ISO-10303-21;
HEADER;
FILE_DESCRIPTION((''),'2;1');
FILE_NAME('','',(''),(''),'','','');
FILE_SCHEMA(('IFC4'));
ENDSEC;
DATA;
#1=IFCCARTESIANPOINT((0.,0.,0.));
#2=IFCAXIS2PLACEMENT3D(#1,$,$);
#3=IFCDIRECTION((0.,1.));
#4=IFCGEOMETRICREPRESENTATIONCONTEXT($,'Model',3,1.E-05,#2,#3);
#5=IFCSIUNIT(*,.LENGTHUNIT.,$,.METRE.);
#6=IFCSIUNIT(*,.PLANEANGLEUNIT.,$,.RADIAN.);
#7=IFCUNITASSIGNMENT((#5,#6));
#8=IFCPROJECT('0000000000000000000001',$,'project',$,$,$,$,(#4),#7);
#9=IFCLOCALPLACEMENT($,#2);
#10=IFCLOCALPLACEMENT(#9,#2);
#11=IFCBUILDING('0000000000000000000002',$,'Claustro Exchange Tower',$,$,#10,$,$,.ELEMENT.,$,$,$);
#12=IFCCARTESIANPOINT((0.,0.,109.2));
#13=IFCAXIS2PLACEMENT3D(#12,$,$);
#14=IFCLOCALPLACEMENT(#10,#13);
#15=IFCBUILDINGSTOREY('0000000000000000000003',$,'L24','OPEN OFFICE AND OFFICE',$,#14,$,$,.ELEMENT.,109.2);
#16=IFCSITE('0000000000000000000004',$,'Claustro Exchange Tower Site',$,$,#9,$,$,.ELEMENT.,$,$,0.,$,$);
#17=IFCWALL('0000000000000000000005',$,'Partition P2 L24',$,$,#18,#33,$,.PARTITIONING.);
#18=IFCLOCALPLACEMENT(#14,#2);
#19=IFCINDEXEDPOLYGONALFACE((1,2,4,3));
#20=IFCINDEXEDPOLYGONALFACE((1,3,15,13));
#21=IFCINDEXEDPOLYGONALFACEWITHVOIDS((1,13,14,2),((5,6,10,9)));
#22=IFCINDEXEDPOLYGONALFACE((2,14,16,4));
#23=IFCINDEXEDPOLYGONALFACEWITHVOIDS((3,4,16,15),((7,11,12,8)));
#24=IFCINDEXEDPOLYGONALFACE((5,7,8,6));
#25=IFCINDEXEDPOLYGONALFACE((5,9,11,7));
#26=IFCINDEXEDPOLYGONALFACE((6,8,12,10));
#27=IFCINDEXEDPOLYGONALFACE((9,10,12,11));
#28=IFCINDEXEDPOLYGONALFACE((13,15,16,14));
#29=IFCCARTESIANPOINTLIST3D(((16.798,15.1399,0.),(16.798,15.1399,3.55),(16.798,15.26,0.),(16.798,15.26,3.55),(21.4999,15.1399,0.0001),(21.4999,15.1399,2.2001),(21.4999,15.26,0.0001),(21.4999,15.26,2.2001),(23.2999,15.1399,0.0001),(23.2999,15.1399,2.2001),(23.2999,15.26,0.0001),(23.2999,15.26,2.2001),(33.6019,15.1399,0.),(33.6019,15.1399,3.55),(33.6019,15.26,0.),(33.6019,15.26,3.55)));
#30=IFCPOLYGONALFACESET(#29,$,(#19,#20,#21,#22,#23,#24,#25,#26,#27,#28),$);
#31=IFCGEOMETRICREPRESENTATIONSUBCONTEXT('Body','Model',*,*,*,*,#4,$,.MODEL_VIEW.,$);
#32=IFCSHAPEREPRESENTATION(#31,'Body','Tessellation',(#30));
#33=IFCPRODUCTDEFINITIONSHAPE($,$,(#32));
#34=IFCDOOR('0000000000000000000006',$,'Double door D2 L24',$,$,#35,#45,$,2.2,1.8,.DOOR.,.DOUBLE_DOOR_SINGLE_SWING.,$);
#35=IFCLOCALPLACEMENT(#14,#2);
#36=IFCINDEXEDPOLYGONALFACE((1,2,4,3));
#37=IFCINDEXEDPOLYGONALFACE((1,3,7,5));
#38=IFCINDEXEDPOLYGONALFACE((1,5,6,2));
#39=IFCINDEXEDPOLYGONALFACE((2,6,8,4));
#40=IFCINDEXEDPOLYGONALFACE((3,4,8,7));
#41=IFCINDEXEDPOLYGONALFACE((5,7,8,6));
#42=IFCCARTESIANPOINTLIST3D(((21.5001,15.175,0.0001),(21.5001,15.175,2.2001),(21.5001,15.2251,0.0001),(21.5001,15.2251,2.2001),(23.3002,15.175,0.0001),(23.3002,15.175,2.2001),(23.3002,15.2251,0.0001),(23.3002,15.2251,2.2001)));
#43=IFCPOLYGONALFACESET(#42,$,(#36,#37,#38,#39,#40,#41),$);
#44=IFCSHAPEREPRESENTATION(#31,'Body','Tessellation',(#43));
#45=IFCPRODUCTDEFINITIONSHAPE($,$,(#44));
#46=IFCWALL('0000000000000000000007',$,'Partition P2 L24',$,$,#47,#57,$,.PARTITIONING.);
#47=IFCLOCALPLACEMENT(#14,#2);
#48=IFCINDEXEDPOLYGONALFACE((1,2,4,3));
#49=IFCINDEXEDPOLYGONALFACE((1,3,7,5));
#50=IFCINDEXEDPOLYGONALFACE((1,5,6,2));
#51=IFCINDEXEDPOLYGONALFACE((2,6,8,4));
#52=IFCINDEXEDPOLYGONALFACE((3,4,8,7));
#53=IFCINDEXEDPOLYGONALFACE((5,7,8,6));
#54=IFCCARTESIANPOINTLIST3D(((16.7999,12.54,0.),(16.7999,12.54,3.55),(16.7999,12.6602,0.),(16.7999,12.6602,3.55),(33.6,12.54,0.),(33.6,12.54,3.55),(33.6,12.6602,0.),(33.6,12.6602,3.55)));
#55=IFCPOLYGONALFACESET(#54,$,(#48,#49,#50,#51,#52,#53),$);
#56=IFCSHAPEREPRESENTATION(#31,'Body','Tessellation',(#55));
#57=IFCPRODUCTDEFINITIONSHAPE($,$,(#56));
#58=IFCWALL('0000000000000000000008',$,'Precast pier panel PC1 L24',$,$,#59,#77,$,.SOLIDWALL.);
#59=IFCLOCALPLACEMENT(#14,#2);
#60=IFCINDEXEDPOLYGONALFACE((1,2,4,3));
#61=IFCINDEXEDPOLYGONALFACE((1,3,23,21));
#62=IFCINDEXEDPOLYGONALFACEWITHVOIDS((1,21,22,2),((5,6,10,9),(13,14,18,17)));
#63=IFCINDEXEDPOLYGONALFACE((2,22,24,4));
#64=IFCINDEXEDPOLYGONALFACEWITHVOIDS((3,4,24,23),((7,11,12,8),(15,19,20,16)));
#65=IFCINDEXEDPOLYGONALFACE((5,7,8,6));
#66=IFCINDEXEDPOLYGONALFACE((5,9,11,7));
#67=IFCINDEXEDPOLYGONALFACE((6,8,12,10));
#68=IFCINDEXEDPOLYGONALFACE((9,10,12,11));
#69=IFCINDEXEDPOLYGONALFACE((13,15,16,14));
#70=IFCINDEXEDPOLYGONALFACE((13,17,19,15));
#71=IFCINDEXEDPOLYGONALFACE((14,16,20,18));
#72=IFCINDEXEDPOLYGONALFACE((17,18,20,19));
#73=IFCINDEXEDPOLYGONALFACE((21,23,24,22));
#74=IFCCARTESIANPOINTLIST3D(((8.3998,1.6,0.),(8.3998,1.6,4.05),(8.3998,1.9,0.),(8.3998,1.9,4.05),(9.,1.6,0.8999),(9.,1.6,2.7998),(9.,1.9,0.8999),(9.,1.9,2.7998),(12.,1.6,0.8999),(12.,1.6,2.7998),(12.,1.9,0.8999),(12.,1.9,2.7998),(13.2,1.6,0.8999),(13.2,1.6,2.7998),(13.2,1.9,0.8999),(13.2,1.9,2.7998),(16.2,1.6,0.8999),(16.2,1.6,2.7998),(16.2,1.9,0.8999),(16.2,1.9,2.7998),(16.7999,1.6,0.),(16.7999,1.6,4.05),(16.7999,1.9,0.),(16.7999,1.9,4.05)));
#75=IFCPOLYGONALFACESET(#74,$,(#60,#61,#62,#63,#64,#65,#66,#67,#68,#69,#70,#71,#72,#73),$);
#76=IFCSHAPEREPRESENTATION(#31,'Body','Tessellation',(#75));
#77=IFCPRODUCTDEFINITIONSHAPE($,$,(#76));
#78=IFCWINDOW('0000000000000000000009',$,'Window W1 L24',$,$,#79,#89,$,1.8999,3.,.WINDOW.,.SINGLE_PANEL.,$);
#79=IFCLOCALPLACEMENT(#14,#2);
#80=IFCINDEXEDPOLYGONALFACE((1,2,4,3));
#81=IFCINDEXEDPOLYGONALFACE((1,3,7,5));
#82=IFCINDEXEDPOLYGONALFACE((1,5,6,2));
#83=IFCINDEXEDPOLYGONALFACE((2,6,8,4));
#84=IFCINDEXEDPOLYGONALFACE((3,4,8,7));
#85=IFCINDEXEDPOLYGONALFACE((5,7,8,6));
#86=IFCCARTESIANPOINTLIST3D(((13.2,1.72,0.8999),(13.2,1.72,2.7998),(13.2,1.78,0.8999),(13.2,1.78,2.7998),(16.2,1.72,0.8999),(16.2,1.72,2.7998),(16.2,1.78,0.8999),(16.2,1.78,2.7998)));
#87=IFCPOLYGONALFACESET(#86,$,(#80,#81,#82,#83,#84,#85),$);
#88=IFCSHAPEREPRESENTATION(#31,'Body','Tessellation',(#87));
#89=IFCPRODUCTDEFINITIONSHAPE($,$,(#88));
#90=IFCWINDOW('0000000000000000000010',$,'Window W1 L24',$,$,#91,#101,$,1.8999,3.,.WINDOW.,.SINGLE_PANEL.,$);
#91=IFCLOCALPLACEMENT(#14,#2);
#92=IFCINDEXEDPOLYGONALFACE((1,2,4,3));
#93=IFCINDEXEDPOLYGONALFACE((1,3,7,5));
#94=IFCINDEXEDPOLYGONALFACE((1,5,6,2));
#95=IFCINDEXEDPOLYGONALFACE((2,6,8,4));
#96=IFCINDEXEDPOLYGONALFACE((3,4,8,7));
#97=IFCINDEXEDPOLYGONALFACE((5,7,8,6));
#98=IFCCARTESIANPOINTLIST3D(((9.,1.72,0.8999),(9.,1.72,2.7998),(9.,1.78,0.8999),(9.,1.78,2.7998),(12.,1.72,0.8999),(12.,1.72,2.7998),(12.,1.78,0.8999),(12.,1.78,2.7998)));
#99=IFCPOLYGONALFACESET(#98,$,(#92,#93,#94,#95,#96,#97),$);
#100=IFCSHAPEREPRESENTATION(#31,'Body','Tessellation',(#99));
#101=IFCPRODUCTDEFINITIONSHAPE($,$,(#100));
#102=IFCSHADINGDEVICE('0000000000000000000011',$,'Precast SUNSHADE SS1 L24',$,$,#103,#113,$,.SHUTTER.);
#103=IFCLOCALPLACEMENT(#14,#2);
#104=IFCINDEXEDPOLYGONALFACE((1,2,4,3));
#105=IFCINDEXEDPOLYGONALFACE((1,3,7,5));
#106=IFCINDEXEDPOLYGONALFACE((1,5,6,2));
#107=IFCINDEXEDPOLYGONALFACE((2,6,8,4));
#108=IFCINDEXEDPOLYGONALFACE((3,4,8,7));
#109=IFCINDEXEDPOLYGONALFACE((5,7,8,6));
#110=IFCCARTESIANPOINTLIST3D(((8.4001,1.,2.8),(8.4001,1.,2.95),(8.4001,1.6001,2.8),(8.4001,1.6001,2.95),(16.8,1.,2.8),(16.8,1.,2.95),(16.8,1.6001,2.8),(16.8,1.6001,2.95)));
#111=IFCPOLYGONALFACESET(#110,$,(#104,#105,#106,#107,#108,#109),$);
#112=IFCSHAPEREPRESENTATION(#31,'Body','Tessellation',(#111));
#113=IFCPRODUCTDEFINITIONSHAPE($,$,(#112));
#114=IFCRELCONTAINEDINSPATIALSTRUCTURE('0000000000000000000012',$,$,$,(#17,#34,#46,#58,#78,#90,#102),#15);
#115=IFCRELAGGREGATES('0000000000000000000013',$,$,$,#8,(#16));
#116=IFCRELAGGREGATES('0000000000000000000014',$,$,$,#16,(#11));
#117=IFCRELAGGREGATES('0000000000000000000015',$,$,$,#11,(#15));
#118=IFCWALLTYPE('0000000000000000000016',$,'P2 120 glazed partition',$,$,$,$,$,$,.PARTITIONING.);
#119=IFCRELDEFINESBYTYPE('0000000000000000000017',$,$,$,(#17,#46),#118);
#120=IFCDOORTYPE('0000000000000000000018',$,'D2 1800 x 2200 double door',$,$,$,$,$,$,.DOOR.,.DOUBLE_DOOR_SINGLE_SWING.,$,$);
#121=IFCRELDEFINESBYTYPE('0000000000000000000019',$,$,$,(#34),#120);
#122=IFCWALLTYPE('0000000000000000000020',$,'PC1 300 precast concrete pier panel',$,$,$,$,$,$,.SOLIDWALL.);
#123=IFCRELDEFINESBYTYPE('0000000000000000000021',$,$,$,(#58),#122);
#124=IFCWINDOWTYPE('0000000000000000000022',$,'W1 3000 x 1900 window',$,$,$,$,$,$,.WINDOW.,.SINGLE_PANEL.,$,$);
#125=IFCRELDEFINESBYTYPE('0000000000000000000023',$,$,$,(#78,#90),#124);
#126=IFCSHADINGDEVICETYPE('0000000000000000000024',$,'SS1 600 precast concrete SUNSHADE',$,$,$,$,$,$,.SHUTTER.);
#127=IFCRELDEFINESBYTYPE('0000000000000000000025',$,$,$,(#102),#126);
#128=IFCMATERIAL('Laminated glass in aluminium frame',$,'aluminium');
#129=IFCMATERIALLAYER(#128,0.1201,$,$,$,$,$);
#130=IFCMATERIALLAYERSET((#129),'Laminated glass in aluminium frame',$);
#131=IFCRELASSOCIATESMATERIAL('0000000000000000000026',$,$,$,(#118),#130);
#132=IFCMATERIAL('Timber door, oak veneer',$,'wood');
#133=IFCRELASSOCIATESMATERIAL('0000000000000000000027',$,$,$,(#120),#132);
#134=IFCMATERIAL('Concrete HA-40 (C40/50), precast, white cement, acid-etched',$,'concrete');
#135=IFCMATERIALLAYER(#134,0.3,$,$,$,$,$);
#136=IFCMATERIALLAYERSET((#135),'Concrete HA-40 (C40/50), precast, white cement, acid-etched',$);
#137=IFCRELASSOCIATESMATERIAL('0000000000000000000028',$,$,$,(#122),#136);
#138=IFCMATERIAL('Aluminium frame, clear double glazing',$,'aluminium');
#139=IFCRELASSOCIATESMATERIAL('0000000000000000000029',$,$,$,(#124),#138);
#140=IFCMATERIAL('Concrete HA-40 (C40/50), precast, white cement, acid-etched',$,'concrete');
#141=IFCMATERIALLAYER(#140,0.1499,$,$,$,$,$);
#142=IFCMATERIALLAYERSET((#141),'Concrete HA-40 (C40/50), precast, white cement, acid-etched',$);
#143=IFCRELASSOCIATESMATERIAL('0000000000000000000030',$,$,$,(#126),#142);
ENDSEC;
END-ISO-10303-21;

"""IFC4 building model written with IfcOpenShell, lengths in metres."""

from ifc_helpers import new_model, si_unit, direction, frame, frame_2d, origin, origin_2d, place, context, subcontext, project, spatial, rectangle, extrude, material, layer, layer_set, type_object, element, fill, save


model = new_model("IFC4")

# Units and contexts
model_context = context("Model", 3, precision=1e-05, world=origin(), true_north=direction((0.0, 1.0)))
body_context = subcontext(model_context, "Body", "Model", "MODEL_VIEW")
ifc_project = project(units=[si_unit("LENGTHUNIT", "METRE"), si_unit("PLANEANGLEUNIT", "RADIAN")], contexts=[model_context])

# Site, building, storey
site_placement = place(None, origin())
site = spatial("IfcSite", under=ifc_project, at=site_placement, Name="Claustro Exchange Tower Site", CompositionType="ELEMENT", RefElevation=0.0)
building_placement = place(site_placement, origin())
building = spatial("IfcBuilding", under=site, at=building_placement, Name="Claustro Exchange Tower", CompositionType="ELEMENT")
storey_placement = place(building_placement, frame((0.0, 0.0, 109.2)))
storey = spatial("IfcBuildingStorey", under=building, at=storey_placement, Name="L24", Description="OPEN OFFICE AND OFFICE", CompositionType="ELEMENT", Elevation=109.2)

# Shared definitions
ifc_material_1 = material(Name="Laminated glass in aluminium frame", Category="aluminium")
ifc_layer_1 = layer(ifc_material_1, 0.1201)
ifc_layer_set_1 = layer_set([ifc_layer_1], Name="Laminated glass in aluminium frame")
wall_type_1 = type_object("IfcWallType", Name="P2 120 glazed partition", PredefinedType="PARTITIONING", material=ifc_layer_set_1)

# Wall, opening, door
wall_1_placement = place(storey_placement, frame((16.7981, 15.2, 0.0), z_axis=(0.0, 0.0, 1.0), x_axis=(1.0, 0.0, 0.0)))
wall_1 = element("IfcWall", 1, at=wall_1_placement, inside=storey, type_object=wall_type_1, Name="Partition P2 L24", PredefinedType="PARTITIONING", context=body_context, shape_type="SweptSolid", body=[
    extrude(rectangle(XDim=16.804, YDim=0.1201, at=frame_2d((8.4019, 0.0))), origin(), (0.0, 0.0, 1.0), 3.55),
])
opening_1_placement = place(wall_1_placement, frame((4.7019, 0.0, 0.0)))
opening_1 = element("IfcOpeningElement", 2, at=opening_1_placement, cuts=wall_1, PredefinedType="OPENING", context=body_context, shape_type="SweptSolid", body=[
    extrude(rectangle(XDim=1.8, YDim=2.2, at=frame_2d((0.8999, 1.1001))), frame((0.0, 0.0701, 0.0), z_axis=(0.0, -1.0, 0.0), x_axis=(1.0, 0.0, 0.0)), (0.0, 0.0, 1.0), 0.1401),
])
ifc_material_2 = material(Name="Timber door, oak veneer", Category="wood")
door_type_1 = type_object("IfcDoorType", Name="D2 1800 x 2200 double door", OperationType="DOUBLE_DOOR_SINGLE_SWING", PredefinedType="DOOR", material=ifc_material_2)
door_1_placement = place(opening_1_placement, frame((1.8, 0.0, 0.0), z_axis=(0.0, 0.0, 1.0), x_axis=(-1.0, 0.0, 0.0)))
door_1 = element("IfcDoor", 3, at=door_1_placement, inside=storey, type_object=door_type_1, Name="Double door D2 L24", OperationType="DOUBLE_DOOR_SINGLE_SWING", OverallHeight=2.2, OverallWidth=1.8, PredefinedType="DOOR", context=body_context, shape_type="SweptSolid", body=[
    extrude(rectangle(XDim=1.8, YDim=2.2, at=frame_2d((0.8999, 1.1001))), frame((0.0, 0.0249, 0.0), z_axis=(0.0, -1.0, 0.0), x_axis=(1.0, 0.0, 0.0)), (0.0, 0.0, 1.0), 0.05),
])
fill(opening_1, door_1)

# Wall
wall_2_placement = place(storey_placement, frame((16.8, 12.6001, 0.0), z_axis=(0.0, 0.0, 1.0), x_axis=(1.0, 0.0, 0.0)))
element("IfcWall", 4, at=wall_2_placement, inside=storey, type_object=wall_type_1, Name="Partition P2 L24", PredefinedType="PARTITIONING", context=body_context, shape_type="SweptSolid", body=[
    extrude(rectangle(XDim=16.8, YDim=0.1201, at=frame_2d((8.3999, 0.0))), origin(), (0.0, 0.0, 1.0), 3.55),
])

# Wall, openings, windows
ifc_material_3 = material(Name="Concrete HA-40 (C40/50), precast, white cement, acid-etched", Category="concrete")
ifc_layer_2 = layer(ifc_material_3, 0.3)
ifc_layer_set_2 = layer_set([ifc_layer_2], Name="Concrete HA-40 (C40/50), precast, white cement, acid-etched")
wall_type_2 = type_object("IfcWallType", Name="PC1 300 precast concrete pier panel", PredefinedType="SOLIDWALL", material=ifc_layer_set_2)
wall_3_placement = place(storey_placement, frame((16.8, 1.75, 0.0), z_axis=(0.0, 0.0, 1.0), x_axis=(-1.0, 0.0, 0.0)))
wall_3 = element("IfcWall", 5, at=wall_3_placement, inside=storey, type_object=wall_type_2, Name="Precast pier panel PC1 L24", PredefinedType="SOLIDWALL", context=body_context, shape_type="SweptSolid", body=[
    extrude(rectangle(XDim=8.4001, YDim=0.3, at=frame_2d((4.2002, 0.0))), origin(), (0.0, 0.0, 1.0), 4.05),
])
opening_2_placement = place(wall_3_placement, frame((0.6001, 0.0, 0.8999)))
opening_2 = element("IfcOpeningElement", 6, at=opening_2_placement, cuts=wall_3, PredefinedType="OPENING", context=body_context, shape_type="SweptSolid", body=[
    extrude(rectangle(XDim=3.0, YDim=1.8999, at=frame_2d((1.5, 0.95))), frame((0.0, 0.1599, 0.0), z_axis=(0.0, -1.0, 0.0), x_axis=(1.0, 0.0, 0.0)), (0.0, 0.0, 1.0), 0.3201),
])
opening_3_placement = place(wall_3_placement, frame((4.8, 0.0, 0.8999)))
opening_3 = element("IfcOpeningElement", 7, at=opening_3_placement, cuts=wall_3, PredefinedType="OPENING", context=body_context, shape_type="SweptSolid", body=[
    extrude(rectangle(XDim=3.0, YDim=1.8999, at=frame_2d((1.5, 0.95))), frame((0.0, 0.1599, 0.0), z_axis=(0.0, -1.0, 0.0), x_axis=(1.0, 0.0, 0.0)), (0.0, 0.0, 1.0), 0.3201),
])
ifc_material_4 = material(Name="Aluminium frame, clear double glazing", Category="aluminium")
window_type = type_object("IfcWindowType", Name="W1 3000 x 1900 window", PartitioningType="SINGLE_PANEL", PredefinedType="WINDOW", material=ifc_material_4)
window_1_placement = place(opening_2_placement, origin())
window_1 = element("IfcWindow", 8, at=window_1_placement, inside=storey, type_object=window_type, Name="Window W1 L24", OverallHeight=1.8999, OverallWidth=3.0, PartitioningType="SINGLE_PANEL", PredefinedType="WINDOW", context=body_context, shape_type="SweptSolid", body=[
    extrude(rectangle(XDim=3.0, YDim=1.8999, at=frame_2d((1.5, 0.95))), frame((0.0, 0.03, 0.0), z_axis=(0.0, -1.0, 0.0), x_axis=(1.0, 0.0, 0.0)), (0.0, 0.0, 1.0), 0.0601),
])
fill(opening_2, window_1)
window_2_placement = place(opening_3_placement, origin())
window_2 = element("IfcWindow", 9, at=window_2_placement, inside=storey, type_object=window_type, Name="Window W1 L24", OverallHeight=1.8999, OverallWidth=3.0, PartitioningType="SINGLE_PANEL", PredefinedType="WINDOW", context=body_context, shape_type="SweptSolid", body=[
    extrude(rectangle(XDim=3.0, YDim=1.8999, at=frame_2d((1.5, 0.95))), frame((0.0, 0.03, 0.0), z_axis=(0.0, -1.0, 0.0), x_axis=(1.0, 0.0, 0.0)), (0.0, 0.0, 1.0), 0.0601),
])
fill(opening_3, window_2)

# Shading device
ifc_material_5 = material(Name="Concrete HA-40 (C40/50), precast, white cement, acid-etched", Category="concrete")
ifc_layer_3 = layer(ifc_material_5, 0.1499)
ifc_layer_set_3 = layer_set([ifc_layer_3], Name="Concrete HA-40 (C40/50), precast, white cement, acid-etched")
shading_device_type = type_object("IfcShadingDeviceType", Name="SS1 600 precast concrete SUNSHADE", PredefinedType="SHUTTER", material=ifc_layer_set_3)
shading_device_placement = place(storey_placement, frame((12.6001, 1.3, 2.8), z_axis=(0.0, 0.0, 1.0), x_axis=(-1.0, 0.0, 0.0)))
element("IfcShadingDevice", 10, at=shading_device_placement, inside=storey, type_object=shading_device_type, Name="Precast SUNSHADE SS1 L24", PredefinedType="SHUTTER", context=body_context, shape_type="SweptSolid", body=[
    extrude(rectangle(XDim=8.3999, YDim=0.6001, at=origin_2d()), origin(), (0.0, 0.0, 1.0), 0.1499),
])

save(model, "model.ifc")
